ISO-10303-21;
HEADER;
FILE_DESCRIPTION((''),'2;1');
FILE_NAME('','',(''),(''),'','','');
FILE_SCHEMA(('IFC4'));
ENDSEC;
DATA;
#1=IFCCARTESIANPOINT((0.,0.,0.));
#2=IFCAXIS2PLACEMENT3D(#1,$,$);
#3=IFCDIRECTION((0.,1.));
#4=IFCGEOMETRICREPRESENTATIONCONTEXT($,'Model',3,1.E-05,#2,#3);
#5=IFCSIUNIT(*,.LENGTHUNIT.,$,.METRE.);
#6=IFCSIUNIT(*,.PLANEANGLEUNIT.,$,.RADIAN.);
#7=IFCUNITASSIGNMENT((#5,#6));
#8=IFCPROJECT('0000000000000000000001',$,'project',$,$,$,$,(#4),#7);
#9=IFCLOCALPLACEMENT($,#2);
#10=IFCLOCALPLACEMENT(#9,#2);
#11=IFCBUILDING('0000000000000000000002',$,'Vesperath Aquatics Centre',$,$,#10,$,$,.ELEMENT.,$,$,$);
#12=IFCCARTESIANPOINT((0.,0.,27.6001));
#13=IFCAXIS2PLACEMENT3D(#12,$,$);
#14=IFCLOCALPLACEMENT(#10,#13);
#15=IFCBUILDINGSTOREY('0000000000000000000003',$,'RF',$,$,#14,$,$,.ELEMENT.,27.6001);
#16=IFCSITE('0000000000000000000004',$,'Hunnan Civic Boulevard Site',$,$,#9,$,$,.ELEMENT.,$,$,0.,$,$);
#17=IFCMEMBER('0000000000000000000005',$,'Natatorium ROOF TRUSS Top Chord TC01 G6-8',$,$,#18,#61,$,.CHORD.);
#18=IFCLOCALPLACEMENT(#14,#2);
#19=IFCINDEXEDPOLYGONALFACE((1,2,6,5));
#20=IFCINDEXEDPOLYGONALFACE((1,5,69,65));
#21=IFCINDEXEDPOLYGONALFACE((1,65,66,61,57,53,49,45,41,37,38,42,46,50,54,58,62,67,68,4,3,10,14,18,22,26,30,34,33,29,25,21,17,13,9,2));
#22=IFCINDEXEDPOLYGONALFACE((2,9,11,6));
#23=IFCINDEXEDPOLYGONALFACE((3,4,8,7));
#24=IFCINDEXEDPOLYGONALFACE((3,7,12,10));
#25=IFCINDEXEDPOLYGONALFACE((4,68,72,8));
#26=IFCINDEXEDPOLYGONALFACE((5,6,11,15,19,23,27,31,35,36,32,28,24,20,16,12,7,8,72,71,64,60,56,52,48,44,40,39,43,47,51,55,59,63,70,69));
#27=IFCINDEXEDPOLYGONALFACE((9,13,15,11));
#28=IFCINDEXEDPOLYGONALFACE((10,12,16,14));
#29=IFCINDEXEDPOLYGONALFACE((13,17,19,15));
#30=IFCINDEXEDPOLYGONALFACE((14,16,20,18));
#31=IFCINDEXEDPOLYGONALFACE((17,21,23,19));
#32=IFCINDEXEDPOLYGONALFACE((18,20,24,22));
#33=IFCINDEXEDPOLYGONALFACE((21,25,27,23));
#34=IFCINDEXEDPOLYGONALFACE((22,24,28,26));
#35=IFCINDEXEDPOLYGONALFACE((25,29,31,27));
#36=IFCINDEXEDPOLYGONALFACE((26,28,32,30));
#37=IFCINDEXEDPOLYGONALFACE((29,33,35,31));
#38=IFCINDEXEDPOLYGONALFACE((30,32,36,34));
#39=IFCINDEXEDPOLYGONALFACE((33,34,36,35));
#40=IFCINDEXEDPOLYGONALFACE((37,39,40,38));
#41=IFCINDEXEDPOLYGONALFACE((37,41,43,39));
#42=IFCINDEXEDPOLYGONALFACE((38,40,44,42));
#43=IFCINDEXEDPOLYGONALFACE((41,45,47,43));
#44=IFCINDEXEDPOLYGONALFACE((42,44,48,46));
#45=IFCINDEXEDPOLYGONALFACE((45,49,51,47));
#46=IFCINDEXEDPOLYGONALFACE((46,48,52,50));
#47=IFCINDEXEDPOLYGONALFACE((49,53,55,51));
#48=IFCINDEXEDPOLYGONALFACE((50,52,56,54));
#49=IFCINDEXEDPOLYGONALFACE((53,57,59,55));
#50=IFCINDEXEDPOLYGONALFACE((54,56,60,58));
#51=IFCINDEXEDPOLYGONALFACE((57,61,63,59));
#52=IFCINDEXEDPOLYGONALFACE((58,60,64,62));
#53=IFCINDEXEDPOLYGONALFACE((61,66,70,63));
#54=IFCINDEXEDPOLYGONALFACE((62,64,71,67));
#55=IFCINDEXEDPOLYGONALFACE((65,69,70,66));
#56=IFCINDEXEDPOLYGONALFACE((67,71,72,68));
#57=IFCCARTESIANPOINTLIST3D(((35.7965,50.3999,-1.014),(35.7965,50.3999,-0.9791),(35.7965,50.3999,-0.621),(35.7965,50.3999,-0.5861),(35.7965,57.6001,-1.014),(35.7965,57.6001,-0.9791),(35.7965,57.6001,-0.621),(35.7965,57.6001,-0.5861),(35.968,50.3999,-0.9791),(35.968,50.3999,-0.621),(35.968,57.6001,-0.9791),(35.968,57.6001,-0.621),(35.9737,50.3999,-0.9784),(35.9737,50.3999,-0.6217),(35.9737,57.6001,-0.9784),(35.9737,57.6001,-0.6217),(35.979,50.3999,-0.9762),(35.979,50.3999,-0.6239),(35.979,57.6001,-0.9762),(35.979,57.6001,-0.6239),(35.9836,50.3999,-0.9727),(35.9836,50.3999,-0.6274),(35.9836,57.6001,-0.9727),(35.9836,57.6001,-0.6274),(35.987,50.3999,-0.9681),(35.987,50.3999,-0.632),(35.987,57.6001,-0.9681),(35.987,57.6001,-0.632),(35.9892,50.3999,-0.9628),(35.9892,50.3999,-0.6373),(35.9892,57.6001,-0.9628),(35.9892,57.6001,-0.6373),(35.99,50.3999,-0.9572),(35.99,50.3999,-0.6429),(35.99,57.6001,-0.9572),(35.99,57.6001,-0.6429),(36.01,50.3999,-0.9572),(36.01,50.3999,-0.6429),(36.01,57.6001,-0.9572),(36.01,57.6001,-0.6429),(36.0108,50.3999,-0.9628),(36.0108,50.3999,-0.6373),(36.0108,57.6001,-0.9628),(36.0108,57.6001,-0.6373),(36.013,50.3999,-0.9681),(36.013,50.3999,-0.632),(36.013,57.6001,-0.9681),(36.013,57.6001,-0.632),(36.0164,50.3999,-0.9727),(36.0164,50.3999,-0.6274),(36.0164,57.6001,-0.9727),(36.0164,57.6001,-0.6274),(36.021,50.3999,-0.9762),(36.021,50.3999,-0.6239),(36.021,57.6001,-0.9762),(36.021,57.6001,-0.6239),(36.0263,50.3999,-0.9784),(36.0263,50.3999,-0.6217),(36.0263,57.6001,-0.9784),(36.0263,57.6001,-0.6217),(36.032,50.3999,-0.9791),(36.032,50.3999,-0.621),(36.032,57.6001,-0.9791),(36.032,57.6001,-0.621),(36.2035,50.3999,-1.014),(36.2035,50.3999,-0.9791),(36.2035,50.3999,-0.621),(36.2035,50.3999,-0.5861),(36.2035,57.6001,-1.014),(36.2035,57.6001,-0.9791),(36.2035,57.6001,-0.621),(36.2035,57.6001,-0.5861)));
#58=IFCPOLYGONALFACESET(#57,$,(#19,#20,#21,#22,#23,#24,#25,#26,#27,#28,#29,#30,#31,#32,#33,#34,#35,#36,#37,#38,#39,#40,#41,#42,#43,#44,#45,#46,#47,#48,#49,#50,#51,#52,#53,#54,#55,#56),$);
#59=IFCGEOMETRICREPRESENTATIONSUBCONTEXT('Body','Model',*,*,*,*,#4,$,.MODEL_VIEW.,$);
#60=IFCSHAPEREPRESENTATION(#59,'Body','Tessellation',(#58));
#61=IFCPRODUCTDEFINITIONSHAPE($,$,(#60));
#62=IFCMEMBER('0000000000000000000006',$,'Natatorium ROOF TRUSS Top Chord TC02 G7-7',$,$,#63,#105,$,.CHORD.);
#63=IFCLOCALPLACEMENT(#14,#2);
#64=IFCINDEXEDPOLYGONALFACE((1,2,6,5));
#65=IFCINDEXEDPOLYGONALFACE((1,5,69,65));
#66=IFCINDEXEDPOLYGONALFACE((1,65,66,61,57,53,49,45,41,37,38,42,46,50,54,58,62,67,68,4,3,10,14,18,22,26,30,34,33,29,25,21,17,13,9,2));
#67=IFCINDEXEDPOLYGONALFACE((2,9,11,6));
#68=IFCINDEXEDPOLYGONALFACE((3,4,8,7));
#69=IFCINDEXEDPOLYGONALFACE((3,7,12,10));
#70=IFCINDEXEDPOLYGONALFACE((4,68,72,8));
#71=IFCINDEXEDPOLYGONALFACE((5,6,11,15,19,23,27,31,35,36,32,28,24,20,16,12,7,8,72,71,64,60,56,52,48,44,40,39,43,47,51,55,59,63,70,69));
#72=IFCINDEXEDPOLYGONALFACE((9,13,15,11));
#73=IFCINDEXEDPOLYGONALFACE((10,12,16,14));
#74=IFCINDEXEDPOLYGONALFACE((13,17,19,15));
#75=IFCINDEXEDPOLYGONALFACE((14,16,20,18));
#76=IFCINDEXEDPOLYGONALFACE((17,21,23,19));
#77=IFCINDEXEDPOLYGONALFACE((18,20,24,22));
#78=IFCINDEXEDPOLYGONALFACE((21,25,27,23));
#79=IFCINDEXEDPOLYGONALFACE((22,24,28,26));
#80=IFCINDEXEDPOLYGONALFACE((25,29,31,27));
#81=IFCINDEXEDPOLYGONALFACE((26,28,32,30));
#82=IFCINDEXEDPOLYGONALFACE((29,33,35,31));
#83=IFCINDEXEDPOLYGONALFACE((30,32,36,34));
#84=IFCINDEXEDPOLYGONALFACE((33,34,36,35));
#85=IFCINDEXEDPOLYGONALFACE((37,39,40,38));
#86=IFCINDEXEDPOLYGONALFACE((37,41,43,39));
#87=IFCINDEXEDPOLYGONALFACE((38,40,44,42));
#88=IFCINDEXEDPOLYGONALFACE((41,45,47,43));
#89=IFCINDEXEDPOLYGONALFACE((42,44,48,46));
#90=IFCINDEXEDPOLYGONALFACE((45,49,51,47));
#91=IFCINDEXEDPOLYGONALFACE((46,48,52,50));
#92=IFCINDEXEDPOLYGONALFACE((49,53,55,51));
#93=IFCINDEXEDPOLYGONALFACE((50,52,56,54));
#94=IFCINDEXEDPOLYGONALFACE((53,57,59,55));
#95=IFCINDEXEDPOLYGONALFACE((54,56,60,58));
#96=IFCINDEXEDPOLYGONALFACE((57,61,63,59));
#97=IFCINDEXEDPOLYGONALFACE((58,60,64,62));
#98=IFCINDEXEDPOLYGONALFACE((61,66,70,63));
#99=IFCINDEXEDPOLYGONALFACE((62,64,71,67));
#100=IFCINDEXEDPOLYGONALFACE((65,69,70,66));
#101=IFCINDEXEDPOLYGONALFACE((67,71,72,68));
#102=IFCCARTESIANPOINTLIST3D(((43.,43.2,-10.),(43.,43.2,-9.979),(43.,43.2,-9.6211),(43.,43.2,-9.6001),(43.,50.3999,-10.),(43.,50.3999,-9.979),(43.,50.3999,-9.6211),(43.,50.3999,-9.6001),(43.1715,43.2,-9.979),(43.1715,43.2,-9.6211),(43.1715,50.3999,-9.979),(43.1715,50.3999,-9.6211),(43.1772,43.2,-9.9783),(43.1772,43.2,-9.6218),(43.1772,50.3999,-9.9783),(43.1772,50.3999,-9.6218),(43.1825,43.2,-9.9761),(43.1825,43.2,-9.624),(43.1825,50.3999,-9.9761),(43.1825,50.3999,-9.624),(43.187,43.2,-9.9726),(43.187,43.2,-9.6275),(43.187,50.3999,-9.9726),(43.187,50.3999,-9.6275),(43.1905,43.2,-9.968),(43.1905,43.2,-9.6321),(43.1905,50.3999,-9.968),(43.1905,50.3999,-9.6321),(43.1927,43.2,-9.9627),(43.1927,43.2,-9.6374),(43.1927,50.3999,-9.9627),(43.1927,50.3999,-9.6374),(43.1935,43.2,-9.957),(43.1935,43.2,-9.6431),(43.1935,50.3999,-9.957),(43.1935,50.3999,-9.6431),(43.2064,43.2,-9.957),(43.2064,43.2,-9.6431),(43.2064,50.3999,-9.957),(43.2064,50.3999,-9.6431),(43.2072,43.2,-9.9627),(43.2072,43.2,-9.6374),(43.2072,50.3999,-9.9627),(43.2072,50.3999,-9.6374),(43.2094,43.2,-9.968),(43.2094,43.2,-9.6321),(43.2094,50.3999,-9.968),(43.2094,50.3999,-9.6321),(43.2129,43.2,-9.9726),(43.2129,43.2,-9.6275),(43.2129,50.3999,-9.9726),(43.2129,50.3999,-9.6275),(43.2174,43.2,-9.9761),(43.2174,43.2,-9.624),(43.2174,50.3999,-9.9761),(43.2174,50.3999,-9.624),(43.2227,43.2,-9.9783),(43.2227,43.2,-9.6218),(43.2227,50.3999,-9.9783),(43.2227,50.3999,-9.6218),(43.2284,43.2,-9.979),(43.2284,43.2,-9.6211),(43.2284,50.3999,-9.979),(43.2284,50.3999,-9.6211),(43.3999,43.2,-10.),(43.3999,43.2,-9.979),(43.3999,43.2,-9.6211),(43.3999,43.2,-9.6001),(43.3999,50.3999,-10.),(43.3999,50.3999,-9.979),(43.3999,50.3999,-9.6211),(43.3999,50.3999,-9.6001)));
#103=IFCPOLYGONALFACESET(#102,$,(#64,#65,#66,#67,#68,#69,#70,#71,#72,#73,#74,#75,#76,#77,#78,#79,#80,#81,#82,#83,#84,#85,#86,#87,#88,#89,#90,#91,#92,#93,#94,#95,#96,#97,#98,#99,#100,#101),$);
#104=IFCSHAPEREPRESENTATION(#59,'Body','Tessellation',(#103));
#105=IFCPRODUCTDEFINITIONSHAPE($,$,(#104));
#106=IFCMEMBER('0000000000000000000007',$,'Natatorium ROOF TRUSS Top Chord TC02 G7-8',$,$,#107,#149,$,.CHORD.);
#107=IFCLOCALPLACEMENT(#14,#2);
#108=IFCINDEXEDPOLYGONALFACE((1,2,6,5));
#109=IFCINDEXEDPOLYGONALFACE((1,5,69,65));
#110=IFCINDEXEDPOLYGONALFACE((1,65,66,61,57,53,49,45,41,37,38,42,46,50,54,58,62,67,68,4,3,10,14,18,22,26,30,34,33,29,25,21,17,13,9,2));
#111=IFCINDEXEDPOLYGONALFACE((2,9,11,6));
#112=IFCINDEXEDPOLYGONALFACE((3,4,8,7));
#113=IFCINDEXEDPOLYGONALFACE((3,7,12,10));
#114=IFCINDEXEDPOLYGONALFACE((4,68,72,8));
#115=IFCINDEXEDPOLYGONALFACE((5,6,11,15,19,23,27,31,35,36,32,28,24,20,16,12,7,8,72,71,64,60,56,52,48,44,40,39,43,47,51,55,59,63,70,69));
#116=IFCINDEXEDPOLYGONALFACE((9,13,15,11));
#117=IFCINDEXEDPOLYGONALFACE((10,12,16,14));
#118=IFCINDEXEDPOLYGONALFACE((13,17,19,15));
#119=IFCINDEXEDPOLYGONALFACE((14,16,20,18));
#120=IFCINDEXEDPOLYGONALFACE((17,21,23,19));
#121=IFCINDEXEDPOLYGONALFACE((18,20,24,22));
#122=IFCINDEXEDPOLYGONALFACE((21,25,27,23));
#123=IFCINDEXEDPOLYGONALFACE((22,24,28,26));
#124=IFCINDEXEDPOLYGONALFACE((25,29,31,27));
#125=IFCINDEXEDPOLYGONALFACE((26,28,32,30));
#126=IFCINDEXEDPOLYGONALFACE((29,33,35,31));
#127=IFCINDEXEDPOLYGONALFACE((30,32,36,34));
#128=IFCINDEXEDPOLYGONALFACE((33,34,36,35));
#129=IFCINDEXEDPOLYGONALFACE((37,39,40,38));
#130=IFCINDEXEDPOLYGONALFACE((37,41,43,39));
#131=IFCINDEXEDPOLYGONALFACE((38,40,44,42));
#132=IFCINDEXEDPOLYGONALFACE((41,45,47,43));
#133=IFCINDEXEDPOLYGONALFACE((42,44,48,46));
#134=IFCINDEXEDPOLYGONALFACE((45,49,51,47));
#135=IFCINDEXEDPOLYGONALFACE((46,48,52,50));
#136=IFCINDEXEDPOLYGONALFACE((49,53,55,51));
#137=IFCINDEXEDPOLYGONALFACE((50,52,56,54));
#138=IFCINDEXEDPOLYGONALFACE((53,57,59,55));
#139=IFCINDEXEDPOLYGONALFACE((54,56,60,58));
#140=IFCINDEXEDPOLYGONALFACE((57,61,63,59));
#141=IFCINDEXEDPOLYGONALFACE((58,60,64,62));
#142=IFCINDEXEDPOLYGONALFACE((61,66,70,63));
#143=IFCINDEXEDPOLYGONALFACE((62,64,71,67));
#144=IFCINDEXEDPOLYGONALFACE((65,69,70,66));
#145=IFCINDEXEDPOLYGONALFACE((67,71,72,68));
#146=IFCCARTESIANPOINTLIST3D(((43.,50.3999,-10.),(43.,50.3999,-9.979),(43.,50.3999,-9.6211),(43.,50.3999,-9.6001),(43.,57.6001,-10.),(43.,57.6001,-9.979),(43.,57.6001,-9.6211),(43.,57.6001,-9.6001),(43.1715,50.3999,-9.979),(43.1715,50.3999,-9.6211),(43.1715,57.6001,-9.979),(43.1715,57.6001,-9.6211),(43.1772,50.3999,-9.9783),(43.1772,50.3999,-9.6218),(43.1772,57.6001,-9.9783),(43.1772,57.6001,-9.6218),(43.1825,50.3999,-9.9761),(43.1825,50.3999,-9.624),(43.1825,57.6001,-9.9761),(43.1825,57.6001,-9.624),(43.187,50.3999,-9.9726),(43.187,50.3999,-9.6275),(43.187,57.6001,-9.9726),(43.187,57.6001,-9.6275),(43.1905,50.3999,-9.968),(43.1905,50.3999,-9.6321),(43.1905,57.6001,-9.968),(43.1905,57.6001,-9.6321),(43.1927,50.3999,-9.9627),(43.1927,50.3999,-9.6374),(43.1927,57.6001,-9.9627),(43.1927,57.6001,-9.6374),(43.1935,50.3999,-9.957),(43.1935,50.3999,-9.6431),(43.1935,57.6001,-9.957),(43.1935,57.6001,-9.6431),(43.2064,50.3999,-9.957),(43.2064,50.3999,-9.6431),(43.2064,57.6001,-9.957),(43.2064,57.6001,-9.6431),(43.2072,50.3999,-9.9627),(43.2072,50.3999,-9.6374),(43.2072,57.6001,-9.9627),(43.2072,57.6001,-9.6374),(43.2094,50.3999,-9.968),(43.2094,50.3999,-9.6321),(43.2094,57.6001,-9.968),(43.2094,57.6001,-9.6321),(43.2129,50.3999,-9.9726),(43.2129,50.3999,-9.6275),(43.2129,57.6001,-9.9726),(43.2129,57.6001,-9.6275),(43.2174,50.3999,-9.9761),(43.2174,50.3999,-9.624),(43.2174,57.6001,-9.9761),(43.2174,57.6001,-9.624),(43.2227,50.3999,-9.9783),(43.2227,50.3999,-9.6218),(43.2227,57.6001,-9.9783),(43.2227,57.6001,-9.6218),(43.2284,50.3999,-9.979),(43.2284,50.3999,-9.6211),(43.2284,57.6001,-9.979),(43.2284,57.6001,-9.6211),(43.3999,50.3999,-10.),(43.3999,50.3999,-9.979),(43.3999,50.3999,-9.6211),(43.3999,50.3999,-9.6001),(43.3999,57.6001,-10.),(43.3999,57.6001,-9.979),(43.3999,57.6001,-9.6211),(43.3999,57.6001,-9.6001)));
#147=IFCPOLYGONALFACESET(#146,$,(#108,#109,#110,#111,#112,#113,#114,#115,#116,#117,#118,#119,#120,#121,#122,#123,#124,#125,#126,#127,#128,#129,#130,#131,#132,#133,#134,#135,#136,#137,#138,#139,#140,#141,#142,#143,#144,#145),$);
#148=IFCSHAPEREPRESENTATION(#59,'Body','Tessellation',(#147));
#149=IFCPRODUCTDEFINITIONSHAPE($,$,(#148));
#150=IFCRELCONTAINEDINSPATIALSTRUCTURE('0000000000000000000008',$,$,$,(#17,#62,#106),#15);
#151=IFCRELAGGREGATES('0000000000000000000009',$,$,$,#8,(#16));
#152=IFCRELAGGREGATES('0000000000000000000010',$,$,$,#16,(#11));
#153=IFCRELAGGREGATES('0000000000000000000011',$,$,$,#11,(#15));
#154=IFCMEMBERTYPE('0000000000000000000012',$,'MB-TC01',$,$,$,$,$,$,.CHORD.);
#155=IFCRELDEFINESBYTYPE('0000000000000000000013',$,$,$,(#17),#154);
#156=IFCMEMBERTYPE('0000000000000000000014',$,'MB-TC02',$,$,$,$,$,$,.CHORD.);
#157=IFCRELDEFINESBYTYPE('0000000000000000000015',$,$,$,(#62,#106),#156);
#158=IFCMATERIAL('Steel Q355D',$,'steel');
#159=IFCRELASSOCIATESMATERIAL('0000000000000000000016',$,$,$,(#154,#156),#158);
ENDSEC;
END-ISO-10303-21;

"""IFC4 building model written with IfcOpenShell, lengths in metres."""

from ifc_helpers import new_model, si_unit, direction, frame, origin, origin_2d, place, context, subcontext, project, spatial, i_section, extrude, material, material_profile, profile_set, type_object, element, save


model = new_model("IFC4")

# Units and contexts
model_context = context("Model", 3, precision=1e-05, world=origin(), true_north=direction((0.0, 1.0)))
body_context = subcontext(model_context, "Body", "Model", "MODEL_VIEW")
ifc_project = project(units=[si_unit("LENGTHUNIT", "METRE"), si_unit("PLANEANGLEUNIT", "RADIAN")], contexts=[model_context])

# Site, building, storey
site_placement = place(None, origin())
site = spatial("IfcSite", under=ifc_project, at=site_placement, Name="Hunnan Civic Boulevard Site", CompositionType="ELEMENT", RefElevation=0.0)
building_placement = place(site_placement, origin())
building = spatial("IfcBuilding", under=site, at=building_placement, Name="Vesperath Aquatics Centre", CompositionType="ELEMENT")
storey_placement = place(building_placement, frame((0.0, 0.0, 27.6001)))
storey = spatial("IfcBuildingStorey", under=building, at=storey_placement, Name="RF", CompositionType="ELEMENT", Elevation=27.6001)

# Members
ifc_material_1 = material(Name="Steel Q355D", Category="steel")
ifc_material_profile_1 = material_profile(ifc_material_1, i_section(OverallWidth=0.407, OverallDepth=0.428, WebThickness=0.02, FlangeThickness=0.0349, FilletRadius=0.022, at=origin_2d()), Name="HW 428x407x20x35")
ifc_profile_set_1 = profile_set([ifc_material_profile_1], Name="Steel Q355D")
member_type_1 = type_object("IfcMemberType", Name="MB-TC01", PredefinedType="CHORD", material=ifc_profile_set_1)
member_1_placement = place(storey_placement, frame((36.0, 50.3999, -0.8), z_axis=(0.0, 1.0, 0.0), x_axis=(-1.0, 0.0, 0.0)))
element("IfcMember", 1, at=member_1_placement, inside=storey, type_object=member_type_1, Name="Natatorium ROOF TRUSS Top Chord TC01 G6-8", PredefinedType="CHORD", context=body_context, shape_type="SweptSolid", body=[
    extrude(i_section(OverallWidth=0.407, OverallDepth=0.428, WebThickness=0.02, FlangeThickness=0.0349, FilletRadius=0.022, at=origin_2d()), origin(), (0.0, 0.0, 1.0), 7.2002),
])
ifc_material_profile_2 = material_profile(ifc_material_1, i_section(OverallWidth=0.3999, OverallDepth=0.3999, WebThickness=0.0129, FlangeThickness=0.021, FilletRadius=0.022, at=origin_2d()), Name="HW 400x400x13x21")
ifc_profile_set_2 = profile_set([ifc_material_profile_2], Name="Steel Q355D")
member_type_2 = type_object("IfcMemberType", Name="MB-TC02", PredefinedType="CHORD", material=ifc_profile_set_2)
member_2_placement = place(storey_placement, frame((43.2, 43.2, -9.8), z_axis=(0.0, 1.0, 0.0), x_axis=(-1.0, 0.0, 0.0)))
element("IfcMember", 2, at=member_2_placement, inside=storey, type_object=member_type_2, Name="Natatorium ROOF TRUSS Top Chord TC02 G7-7", PredefinedType="CHORD", context=body_context, shape_type="SweptSolid", body=[
    extrude(i_section(OverallWidth=0.3999, OverallDepth=0.3999, WebThickness=0.0129, FlangeThickness=0.021, FilletRadius=0.022, at=origin_2d()), origin(), (0.0, 0.0, 1.0), 7.2),
])
member_3_placement = place(storey_placement, frame((43.2, 50.3999, -9.8), z_axis=(0.0, 1.0, 0.0), x_axis=(-1.0, 0.0, 0.0)))
element("IfcMember", 3, at=member_3_placement, inside=storey, type_object=member_type_2, Name="Natatorium ROOF TRUSS Top Chord TC02 G7-8", PredefinedType="CHORD", context=body_context, shape_type="SweptSolid", body=[
    extrude(i_section(OverallWidth=0.3999, OverallDepth=0.3999, WebThickness=0.0129, FlangeThickness=0.021, FilletRadius=0.022, at=origin_2d()), origin(), (0.0, 0.0, 1.0), 7.2002),
])

save(model, "model.ifc")
